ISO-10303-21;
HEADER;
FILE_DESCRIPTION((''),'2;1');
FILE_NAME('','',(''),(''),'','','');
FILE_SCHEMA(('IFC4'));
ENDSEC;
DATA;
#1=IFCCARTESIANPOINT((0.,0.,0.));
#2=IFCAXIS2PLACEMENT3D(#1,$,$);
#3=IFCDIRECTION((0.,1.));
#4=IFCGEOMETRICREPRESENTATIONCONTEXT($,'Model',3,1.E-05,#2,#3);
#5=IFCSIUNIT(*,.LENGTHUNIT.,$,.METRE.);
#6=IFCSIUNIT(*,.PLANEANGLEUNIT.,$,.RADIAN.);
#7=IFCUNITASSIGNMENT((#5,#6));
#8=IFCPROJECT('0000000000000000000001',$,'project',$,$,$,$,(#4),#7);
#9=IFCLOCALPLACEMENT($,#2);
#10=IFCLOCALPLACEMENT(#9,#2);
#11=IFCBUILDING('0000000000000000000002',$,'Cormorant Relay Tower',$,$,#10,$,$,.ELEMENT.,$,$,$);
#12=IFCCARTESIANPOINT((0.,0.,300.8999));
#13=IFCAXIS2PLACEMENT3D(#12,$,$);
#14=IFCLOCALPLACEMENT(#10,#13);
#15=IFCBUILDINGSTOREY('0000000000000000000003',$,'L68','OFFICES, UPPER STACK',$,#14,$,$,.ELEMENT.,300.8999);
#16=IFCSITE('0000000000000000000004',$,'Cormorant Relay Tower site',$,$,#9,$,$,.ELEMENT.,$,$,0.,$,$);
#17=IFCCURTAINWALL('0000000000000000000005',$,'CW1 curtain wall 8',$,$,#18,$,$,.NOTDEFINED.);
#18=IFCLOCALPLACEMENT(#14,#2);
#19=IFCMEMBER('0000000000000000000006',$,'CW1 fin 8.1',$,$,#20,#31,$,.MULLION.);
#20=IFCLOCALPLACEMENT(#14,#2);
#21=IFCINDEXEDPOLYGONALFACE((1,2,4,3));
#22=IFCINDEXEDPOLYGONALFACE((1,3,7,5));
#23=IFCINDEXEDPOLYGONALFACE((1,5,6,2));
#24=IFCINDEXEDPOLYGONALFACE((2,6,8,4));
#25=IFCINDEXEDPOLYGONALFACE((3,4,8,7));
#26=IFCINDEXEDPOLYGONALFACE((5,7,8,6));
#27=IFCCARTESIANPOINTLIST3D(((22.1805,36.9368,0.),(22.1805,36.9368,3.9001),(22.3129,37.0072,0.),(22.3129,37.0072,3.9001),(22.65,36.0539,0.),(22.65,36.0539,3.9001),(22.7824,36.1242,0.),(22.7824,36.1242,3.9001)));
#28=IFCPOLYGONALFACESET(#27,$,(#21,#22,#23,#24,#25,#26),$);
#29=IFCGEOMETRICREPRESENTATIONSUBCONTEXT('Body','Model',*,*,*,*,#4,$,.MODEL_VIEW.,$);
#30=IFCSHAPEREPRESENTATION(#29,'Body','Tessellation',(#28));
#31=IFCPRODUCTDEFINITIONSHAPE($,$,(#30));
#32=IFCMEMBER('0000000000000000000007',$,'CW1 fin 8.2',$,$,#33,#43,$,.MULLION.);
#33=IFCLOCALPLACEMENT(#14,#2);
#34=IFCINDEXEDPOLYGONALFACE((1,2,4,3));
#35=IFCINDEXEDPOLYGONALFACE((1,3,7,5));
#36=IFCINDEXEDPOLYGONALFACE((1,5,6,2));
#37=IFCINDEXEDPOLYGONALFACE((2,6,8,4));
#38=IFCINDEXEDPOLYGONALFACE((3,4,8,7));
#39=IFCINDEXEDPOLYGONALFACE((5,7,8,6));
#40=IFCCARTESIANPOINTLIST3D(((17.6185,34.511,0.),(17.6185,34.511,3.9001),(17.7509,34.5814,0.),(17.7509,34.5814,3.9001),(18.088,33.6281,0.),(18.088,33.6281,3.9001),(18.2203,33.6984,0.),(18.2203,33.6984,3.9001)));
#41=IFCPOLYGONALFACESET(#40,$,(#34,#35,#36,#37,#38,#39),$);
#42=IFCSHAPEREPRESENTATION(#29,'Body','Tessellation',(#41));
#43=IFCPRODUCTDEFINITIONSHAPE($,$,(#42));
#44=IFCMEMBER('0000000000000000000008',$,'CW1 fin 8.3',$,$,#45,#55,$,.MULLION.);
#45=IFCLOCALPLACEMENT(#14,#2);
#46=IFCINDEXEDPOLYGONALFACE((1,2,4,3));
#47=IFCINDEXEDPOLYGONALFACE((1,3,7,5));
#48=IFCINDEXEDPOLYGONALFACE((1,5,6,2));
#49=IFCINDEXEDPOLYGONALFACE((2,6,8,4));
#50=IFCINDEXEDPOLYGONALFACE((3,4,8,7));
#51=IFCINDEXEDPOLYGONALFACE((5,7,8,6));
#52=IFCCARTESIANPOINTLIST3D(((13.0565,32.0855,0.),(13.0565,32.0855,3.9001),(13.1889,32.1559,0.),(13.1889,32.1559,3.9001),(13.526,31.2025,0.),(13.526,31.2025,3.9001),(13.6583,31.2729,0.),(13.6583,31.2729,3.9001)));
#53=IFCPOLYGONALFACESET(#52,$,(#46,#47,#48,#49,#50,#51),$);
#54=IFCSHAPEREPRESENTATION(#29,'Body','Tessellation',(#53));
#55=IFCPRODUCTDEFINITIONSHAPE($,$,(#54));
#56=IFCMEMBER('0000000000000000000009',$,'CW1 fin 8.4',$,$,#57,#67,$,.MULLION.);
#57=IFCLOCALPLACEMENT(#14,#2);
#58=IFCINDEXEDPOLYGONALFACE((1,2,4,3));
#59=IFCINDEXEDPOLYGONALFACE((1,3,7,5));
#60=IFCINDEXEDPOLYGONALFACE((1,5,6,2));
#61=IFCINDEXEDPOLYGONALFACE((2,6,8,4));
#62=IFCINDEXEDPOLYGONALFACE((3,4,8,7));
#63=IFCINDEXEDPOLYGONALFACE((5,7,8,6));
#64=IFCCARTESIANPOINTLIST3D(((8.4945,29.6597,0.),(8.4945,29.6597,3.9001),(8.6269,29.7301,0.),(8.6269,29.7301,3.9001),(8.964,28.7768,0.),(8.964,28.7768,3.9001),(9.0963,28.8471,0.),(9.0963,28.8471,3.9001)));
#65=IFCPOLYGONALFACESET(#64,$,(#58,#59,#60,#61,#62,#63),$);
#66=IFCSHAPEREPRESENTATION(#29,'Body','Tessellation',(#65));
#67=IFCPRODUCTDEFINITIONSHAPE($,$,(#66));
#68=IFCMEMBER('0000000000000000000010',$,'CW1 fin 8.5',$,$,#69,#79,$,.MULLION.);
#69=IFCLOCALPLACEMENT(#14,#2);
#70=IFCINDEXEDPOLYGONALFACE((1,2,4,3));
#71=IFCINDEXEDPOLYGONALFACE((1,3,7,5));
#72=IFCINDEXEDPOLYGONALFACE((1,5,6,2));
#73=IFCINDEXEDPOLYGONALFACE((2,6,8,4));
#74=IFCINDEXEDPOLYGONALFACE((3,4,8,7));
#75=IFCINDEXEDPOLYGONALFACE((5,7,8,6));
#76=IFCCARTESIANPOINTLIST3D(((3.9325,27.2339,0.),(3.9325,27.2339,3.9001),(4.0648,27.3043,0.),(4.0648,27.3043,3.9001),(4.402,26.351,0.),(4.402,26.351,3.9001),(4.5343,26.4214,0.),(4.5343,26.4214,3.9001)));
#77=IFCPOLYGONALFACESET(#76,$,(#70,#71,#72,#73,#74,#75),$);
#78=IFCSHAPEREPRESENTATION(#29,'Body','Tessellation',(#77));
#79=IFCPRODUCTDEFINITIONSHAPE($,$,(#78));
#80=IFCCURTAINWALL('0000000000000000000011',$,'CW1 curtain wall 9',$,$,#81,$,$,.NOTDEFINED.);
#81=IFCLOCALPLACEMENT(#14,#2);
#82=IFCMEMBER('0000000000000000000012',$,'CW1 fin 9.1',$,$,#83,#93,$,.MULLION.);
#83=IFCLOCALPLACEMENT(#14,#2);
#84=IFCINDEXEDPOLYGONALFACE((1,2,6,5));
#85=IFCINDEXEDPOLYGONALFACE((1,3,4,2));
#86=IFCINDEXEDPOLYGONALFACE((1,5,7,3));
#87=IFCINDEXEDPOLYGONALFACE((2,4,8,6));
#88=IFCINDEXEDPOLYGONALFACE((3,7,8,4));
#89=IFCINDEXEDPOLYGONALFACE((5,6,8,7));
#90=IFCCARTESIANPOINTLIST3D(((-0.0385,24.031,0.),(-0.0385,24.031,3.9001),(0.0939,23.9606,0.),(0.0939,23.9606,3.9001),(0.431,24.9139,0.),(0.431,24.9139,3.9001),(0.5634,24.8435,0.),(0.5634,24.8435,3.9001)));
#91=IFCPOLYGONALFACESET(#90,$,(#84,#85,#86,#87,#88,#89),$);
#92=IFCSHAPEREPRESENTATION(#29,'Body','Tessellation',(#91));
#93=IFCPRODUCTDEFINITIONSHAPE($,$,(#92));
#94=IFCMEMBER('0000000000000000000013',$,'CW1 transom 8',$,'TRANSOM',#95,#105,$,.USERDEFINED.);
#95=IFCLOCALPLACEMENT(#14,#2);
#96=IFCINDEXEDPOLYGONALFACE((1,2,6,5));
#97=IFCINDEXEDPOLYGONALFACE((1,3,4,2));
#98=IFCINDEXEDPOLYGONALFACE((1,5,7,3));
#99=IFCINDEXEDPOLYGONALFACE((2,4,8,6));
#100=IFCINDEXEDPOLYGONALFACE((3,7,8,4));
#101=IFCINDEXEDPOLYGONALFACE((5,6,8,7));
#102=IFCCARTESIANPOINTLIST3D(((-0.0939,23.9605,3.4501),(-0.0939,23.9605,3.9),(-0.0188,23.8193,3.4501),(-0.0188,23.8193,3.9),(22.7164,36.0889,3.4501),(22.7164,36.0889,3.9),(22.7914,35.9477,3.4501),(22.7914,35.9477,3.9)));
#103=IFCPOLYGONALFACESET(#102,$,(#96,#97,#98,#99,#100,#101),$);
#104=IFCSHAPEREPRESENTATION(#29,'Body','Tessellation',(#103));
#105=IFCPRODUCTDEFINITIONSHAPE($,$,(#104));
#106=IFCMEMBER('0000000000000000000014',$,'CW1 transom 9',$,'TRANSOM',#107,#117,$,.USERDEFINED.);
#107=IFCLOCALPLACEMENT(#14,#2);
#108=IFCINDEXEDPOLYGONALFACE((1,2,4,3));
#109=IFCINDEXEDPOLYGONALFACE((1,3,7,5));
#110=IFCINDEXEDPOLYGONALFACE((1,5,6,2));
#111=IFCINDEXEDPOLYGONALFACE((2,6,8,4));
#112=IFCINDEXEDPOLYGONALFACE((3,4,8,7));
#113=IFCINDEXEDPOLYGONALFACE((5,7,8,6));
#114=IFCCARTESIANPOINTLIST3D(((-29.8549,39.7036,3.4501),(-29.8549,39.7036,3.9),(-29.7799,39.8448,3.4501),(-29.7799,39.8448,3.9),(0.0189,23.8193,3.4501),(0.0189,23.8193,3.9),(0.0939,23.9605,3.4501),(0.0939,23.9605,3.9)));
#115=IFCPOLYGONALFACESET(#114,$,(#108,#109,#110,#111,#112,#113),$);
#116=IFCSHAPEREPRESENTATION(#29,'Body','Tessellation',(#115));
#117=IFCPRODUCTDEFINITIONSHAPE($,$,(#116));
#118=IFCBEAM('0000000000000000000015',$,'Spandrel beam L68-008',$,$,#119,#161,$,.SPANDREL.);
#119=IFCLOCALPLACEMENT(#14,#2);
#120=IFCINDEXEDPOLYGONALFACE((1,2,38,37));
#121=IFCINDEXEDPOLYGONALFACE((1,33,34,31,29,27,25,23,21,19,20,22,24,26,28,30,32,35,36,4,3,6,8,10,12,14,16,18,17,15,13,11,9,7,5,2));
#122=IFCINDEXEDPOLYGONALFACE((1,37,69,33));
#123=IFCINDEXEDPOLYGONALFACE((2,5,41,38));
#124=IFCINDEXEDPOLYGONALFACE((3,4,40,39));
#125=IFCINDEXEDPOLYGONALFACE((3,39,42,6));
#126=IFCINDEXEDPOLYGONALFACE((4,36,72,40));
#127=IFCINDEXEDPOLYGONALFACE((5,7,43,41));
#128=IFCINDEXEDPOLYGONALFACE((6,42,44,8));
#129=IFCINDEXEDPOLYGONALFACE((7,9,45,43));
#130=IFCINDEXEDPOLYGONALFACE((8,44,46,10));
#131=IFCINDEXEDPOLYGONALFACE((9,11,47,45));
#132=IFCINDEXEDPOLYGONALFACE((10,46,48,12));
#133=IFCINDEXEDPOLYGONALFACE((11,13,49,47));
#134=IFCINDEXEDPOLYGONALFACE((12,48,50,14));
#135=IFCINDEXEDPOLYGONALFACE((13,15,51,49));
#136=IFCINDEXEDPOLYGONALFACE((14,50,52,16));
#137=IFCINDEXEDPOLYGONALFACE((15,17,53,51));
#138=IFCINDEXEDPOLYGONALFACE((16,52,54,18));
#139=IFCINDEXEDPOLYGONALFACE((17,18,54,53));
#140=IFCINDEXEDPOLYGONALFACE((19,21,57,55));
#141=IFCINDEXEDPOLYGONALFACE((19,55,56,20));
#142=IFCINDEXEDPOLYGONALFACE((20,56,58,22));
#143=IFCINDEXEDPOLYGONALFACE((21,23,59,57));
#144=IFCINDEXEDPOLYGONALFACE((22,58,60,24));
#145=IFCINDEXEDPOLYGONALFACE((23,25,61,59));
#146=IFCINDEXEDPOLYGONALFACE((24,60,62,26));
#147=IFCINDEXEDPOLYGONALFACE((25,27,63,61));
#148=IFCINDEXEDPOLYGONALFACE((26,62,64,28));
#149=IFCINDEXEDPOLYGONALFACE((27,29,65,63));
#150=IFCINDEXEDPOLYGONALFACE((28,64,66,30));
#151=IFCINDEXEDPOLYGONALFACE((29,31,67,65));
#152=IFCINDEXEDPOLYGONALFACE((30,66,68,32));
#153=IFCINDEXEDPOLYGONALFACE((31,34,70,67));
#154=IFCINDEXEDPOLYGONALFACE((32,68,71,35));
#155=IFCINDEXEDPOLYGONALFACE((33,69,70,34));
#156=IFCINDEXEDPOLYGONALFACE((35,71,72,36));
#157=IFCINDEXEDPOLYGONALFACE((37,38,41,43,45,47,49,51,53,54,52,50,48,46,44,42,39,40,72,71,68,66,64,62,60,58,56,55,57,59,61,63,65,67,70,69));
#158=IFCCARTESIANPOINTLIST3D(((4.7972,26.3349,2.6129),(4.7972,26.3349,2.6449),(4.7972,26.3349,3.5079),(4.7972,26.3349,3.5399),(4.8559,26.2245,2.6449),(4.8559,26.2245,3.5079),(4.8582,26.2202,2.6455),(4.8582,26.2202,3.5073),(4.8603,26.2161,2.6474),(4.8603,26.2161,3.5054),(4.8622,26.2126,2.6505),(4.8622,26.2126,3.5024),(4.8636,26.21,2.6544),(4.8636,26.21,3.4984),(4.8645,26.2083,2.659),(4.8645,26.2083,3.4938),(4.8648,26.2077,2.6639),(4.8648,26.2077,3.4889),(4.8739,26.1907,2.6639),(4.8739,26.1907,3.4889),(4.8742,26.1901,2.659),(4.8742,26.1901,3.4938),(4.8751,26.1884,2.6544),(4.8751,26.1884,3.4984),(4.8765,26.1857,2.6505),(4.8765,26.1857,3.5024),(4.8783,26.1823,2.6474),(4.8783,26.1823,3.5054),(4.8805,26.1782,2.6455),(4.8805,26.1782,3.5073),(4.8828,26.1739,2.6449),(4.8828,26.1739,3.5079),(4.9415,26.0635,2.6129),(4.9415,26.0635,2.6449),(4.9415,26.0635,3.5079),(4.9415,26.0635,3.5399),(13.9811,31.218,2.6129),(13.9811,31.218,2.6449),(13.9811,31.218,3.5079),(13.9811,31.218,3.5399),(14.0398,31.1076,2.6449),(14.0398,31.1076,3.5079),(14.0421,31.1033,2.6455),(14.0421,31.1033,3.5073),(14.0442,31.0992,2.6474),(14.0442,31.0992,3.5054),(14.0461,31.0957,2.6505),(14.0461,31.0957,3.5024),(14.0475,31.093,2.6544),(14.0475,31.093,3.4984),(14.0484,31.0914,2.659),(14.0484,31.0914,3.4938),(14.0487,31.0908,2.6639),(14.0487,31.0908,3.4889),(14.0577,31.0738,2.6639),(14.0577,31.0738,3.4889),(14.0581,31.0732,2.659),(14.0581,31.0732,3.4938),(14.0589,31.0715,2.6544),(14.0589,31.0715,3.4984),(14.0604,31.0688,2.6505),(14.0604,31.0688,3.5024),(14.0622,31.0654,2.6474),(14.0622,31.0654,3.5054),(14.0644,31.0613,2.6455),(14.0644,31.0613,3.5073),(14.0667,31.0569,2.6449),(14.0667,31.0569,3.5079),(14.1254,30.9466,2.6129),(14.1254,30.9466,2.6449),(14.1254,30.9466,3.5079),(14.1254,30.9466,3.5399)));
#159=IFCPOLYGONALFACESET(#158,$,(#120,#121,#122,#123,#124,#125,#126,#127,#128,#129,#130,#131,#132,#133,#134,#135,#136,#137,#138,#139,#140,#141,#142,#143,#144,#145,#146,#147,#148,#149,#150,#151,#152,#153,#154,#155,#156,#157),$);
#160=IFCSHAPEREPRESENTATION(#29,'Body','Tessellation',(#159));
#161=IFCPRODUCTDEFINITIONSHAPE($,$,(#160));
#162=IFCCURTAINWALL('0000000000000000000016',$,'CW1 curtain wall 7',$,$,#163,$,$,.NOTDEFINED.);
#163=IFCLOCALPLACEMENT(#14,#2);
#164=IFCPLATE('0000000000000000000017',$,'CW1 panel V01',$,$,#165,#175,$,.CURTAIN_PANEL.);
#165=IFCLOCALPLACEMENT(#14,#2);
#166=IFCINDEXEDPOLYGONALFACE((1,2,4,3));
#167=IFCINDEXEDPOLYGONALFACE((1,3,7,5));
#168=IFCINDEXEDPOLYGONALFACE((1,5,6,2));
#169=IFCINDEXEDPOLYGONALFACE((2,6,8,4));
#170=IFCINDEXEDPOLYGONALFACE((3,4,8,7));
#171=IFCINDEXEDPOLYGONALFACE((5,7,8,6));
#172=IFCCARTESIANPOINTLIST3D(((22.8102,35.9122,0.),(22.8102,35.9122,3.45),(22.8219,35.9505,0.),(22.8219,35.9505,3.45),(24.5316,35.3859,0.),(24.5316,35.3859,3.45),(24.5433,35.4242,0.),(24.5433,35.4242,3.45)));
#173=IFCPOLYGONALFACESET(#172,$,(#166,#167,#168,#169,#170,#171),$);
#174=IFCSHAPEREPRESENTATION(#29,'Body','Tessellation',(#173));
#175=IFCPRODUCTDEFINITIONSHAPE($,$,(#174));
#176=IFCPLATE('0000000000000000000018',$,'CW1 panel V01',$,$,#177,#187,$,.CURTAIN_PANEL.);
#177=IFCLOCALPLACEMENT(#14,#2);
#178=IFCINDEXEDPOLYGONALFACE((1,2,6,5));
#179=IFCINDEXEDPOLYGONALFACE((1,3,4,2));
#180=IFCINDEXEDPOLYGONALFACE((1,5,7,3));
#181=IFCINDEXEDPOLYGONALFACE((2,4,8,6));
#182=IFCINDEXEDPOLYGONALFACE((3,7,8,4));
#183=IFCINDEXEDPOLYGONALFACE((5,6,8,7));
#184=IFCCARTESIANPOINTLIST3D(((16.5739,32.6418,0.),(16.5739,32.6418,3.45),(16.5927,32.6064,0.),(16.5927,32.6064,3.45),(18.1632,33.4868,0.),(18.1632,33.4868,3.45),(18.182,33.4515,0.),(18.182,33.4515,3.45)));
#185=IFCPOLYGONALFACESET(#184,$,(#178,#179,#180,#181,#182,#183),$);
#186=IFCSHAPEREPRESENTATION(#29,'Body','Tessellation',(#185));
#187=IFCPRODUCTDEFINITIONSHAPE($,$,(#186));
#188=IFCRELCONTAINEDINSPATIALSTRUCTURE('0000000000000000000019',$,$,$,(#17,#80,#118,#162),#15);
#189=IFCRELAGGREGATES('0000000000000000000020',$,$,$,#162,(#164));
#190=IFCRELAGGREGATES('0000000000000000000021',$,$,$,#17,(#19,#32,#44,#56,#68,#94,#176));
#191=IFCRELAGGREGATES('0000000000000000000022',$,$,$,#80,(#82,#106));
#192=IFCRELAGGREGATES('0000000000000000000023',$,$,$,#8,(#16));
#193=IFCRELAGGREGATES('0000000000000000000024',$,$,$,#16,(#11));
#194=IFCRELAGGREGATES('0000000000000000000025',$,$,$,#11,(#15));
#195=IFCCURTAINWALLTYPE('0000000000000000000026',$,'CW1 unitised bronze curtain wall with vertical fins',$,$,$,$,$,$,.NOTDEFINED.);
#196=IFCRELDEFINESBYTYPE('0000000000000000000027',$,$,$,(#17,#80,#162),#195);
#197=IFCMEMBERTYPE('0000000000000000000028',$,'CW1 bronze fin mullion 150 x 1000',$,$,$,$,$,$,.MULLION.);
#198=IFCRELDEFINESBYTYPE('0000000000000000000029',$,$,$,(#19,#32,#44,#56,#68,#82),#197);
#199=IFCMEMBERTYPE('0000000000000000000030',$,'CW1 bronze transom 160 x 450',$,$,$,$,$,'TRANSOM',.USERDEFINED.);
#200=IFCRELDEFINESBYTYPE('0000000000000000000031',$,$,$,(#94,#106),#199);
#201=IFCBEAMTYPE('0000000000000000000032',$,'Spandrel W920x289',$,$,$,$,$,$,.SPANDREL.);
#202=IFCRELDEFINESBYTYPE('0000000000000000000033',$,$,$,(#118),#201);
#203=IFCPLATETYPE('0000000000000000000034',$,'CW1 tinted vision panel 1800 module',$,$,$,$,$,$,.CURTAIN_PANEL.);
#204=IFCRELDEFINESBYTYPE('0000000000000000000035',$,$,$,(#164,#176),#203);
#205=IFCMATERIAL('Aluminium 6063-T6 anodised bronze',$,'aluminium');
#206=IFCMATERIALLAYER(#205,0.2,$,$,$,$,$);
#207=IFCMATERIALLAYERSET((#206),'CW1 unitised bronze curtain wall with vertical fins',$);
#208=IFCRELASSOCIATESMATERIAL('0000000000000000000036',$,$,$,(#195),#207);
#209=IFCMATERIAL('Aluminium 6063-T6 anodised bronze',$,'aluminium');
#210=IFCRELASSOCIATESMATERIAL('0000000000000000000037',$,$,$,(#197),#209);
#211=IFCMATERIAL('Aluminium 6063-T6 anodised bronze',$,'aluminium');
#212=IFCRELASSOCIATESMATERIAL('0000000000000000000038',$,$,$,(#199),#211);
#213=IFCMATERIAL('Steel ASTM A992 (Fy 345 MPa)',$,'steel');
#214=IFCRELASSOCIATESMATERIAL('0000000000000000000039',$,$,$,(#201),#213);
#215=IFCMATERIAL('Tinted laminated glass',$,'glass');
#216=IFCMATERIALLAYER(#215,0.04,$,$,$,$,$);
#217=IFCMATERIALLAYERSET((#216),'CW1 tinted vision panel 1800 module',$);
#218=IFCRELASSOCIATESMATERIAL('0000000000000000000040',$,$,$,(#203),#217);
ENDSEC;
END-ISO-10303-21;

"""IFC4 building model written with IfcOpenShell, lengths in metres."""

from ifc_helpers import new_model, si_unit, direction, frame, origin, origin_2d, place, context, subcontext, project, spatial, rectangle, i_section, extrude, material, layer, layer_set, material_profile, profile_set, type_object, element, aggregate, save


model = new_model("IFC4")

# Units and contexts
model_context = context("Model", 3, precision=1e-05, world=origin(), true_north=direction((0.0, 1.0)))
body_context = subcontext(model_context, "Body", "Model", "MODEL_VIEW")
ifc_project = project(units=[si_unit("LENGTHUNIT", "METRE"), si_unit("PLANEANGLEUNIT", "RADIAN")], contexts=[model_context])

# Site, building, storey
site_placement = place(None, origin())
site = spatial("IfcSite", under=ifc_project, at=site_placement, Name="Cormorant Relay Tower site", CompositionType="ELEMENT", RefElevation=0.0)
building_placement = place(site_placement, origin())
building = spatial("IfcBuilding", under=site, at=building_placement, Name="Cormorant Relay Tower", CompositionType="ELEMENT")
storey_placement = place(building_placement, frame((0.0, 0.0, 300.8999)))
storey = spatial("IfcBuildingStorey", under=building, at=storey_placement, Name="L68", Description="OFFICES, UPPER STACK", CompositionType="ELEMENT", Elevation=300.8999)

# Curtain wall, members
ifc_material_1 = material(Name="Aluminium 6063-T6 anodised bronze", Category="aluminium")
ifc_layer_1 = layer(ifc_material_1, 0.2)
ifc_layer_set_1 = layer_set([ifc_layer_1], Name="CW1 unitised bronze curtain wall with vertical fins")
curtain_wall_type = type_object("IfcCurtainWallType", Name="CW1 unitised bronze curtain wall with vertical fins", PredefinedType="NOTDEFINED", material=ifc_layer_set_1)
curtain_wall_1_placement = place(storey_placement, origin())
curtain_wall_1 = element("IfcCurtainWall", 1, at=curtain_wall_1_placement, inside=storey, type_object=curtain_wall_type, Name="CW1 curtain wall 8", PredefinedType="NOTDEFINED")
ifc_material_2 = material(Name="Aluminium 6063-T6 anodised bronze", Category="aluminium")
ifc_material_profile_1 = material_profile(ifc_material_2, rectangle(XDim=0.1499, YDim=1.0, at=origin_2d()), Name="AL 150x1000")
ifc_profile_set_1 = profile_set([ifc_material_profile_1], Name="Aluminium 6063-T6 anodised bronze")
member_type_1 = type_object("IfcMemberType", Name="CW1 bronze fin mullion 150 x 1000", PredefinedType="MULLION", material=ifc_profile_set_1)
member_1_placement = place(storey_placement, frame((22.4814, 36.5305, 0.0), z_axis=(0.0, 0.0, 1.0), x_axis=(-0.882948, -0.469472, 0.0)))
member_1 = element("IfcMember", 2, at=member_1_placement, type_object=member_type_1, Name="CW1 fin 8.1", PredefinedType="MULLION", context=body_context, shape_type="SweptSolid", body=[
    extrude(rectangle(XDim=0.1499, YDim=1.0, at=origin_2d()), origin(), (0.0, 0.0, 1.0), 3.9001),
])
member_2_placement = place(storey_placement, frame((17.9194, 34.1047, 0.0), z_axis=(0.0, 0.0, 1.0), x_axis=(-0.882948, -0.469472, 0.0)))
member_2 = element("IfcMember", 3, at=member_2_placement, type_object=member_type_1, Name="CW1 fin 8.2", PredefinedType="MULLION", context=body_context, shape_type="SweptSolid", body=[
    extrude(rectangle(XDim=0.1499, YDim=1.0, at=origin_2d()), origin(), (0.0, 0.0, 1.0), 3.9001),
])
member_3_placement = place(storey_placement, frame((13.3574, 31.6792, 0.0), z_axis=(0.0, 0.0, 1.0), x_axis=(-0.882948, -0.469472, 0.0)))
member_3 = element("IfcMember", 4, at=member_3_placement, type_object=member_type_1, Name="CW1 fin 8.3", PredefinedType="MULLION", context=body_context, shape_type="SweptSolid", body=[
    extrude(rectangle(XDim=0.1499, YDim=1.0, at=origin_2d()), origin(), (0.0, 0.0, 1.0), 3.9001),
])
member_4_placement = place(storey_placement, frame((8.7954, 29.2534, 0.0), z_axis=(0.0, 0.0, 1.0), x_axis=(-0.882948, -0.469472, 0.0)))
member_4 = element("IfcMember", 5, at=member_4_placement, type_object=member_type_1, Name="CW1 fin 8.4", PredefinedType="MULLION", context=body_context, shape_type="SweptSolid", body=[
    extrude(rectangle(XDim=0.1499, YDim=1.0, at=origin_2d()), origin(), (0.0, 0.0, 1.0), 3.9001),
])
member_5_placement = place(storey_placement, frame((4.2334, 26.8276, 0.0), z_axis=(0.0, 0.0, 1.0), x_axis=(-0.882948, -0.469472, 0.0)))
member_5 = element("IfcMember", 6, at=member_5_placement, type_object=member_type_1, Name="CW1 fin 8.5", PredefinedType="MULLION", context=body_context, shape_type="SweptSolid", body=[
    extrude(rectangle(XDim=0.1499, YDim=1.0, at=origin_2d()), origin(), (0.0, 0.0, 1.0), 3.9001),
])

# Curtain wall, member
curtain_wall_2_placement = place(storey_placement, origin())
curtain_wall_2 = element("IfcCurtainWall", 7, at=curtain_wall_2_placement, inside=storey, type_object=curtain_wall_type, Name="CW1 curtain wall 9", PredefinedType="NOTDEFINED")
member_6_placement = place(storey_placement, frame((0.2625, 24.4373, 0.0), z_axis=(0.0, 0.0, 1.0), x_axis=(-0.882948, 0.469472, 0.0)))
member_6 = element("IfcMember", 8, at=member_6_placement, type_object=member_type_1, Name="CW1 fin 9.1", PredefinedType="MULLION", context=body_context, shape_type="SweptSolid", body=[
    extrude(rectangle(XDim=0.1499, YDim=1.0, at=origin_2d()), origin(), (0.0, 0.0, 1.0), 3.9001),
])

# Members
ifc_material_3 = material(Name="Aluminium 6063-T6 anodised bronze", Category="aluminium")
ifc_material_profile_2 = material_profile(ifc_material_3, rectangle(XDim=0.1599, YDim=0.45, at=origin_2d()), Name="AL 160x450")
ifc_profile_set_2 = profile_set([ifc_material_profile_2], Name="Aluminium 6063-T6 anodised bronze")
member_type_2 = type_object("IfcMemberType", Name="CW1 bronze transom 160 x 450", ElementType="TRANSOM", PredefinedType="USERDEFINED", material=ifc_profile_set_2)
member_7_placement = place(storey_placement, frame((22.7539, 36.0183, 3.675), z_axis=(-0.882948, -0.469471, 0.0), x_axis=(0.469471, -0.882948, 0.0)))
member_7 = element("IfcMember", 9, at=member_7_placement, type_object=member_type_2, Name="CW1 transom 8", ObjectType="TRANSOM", PredefinedType="USERDEFINED", context=body_context, shape_type="SweptSolid", body=[
    extrude(rectangle(XDim=0.1599, YDim=0.45, at=origin_2d()), origin(), (0.0, 0.0, 1.0), 25.8342),
])
member_8_placement = place(storey_placement, frame((0.0564, 23.8899, 3.675), z_axis=(-0.882946, 0.469474, 0.0), x_axis=(-0.469474, -0.882946, 0.0)))
member_8 = element("IfcMember", 10, at=member_8_placement, type_object=member_type_2, Name="CW1 transom 9", ObjectType="TRANSOM", PredefinedType="USERDEFINED", context=body_context, shape_type="SweptSolid", body=[
    extrude(rectangle(XDim=0.1599, YDim=0.45, at=origin_2d()), origin(), (0.0, 0.0, 1.0), 33.8342),
])

# Beam
ifc_material_4 = material(Name="Steel ASTM A992 (Fy 345 MPa)", Category="steel")
ifc_material_profile_3 = material_profile(ifc_material_4, i_section(OverallWidth=0.3074, OverallDepth=0.927, WebThickness=0.0193, FlangeThickness=0.032, FilletRadius=0.019, at=origin_2d()), Name="W920x289")
ifc_profile_set_3 = profile_set([ifc_material_profile_3], Name="Steel ASTM A992 (Fy 345 MPa)")
beam_type = type_object("IfcBeamType", Name="Spandrel W920x289", PredefinedType="SPANDREL", material=ifc_profile_set_3)
beam_placement = place(storey_placement, frame((14.0532, 31.0823, 3.0764), z_axis=(-0.882951, -0.469466, 0.0), x_axis=(0.469466, -0.882951, 0.0)))
element("IfcBeam", 11, at=beam_placement, inside=storey, type_object=beam_type, Name="Spandrel beam L68-008", PredefinedType="SPANDREL", context=body_context, shape_type="SweptSolid", body=[
    extrude(i_section(OverallWidth=0.3074, OverallDepth=0.927, WebThickness=0.0193, FlangeThickness=0.032, FilletRadius=0.019, at=origin_2d()), origin(), (0.0, 0.0, 1.0), 10.4014),
])

# Curtain wall, plate
curtain_wall_3_placement = place(storey_placement, origin())
curtain_wall_3 = element("IfcCurtainWall", 12, at=curtain_wall_3_placement, inside=storey, type_object=curtain_wall_type, Name="CW1 curtain wall 7", PredefinedType="NOTDEFINED")
ifc_material_5 = material(Name="Tinted laminated glass", Category="glass")
ifc_layer_2 = layer(ifc_material_5, 0.04)
ifc_layer_set_2 = layer_set([ifc_layer_2], Name="CW1 tinted vision panel 1800 module")
plate_type_1 = type_object("IfcPlateType", Name="CW1 tinted vision panel 1800 module", PredefinedType="CURTAIN_PANEL", material=ifc_layer_set_2)
plate_1_placement = place(storey_placement, frame((23.6768, 35.6682, 0.0), z_axis=(0.0, 0.0, 1.0), x_axis=(-0.956305, 0.292372, 0.0)))
plate_1 = element("IfcPlate", 13, at=plate_1_placement, type_object=plate_type_1, Name="CW1 panel V01", PredefinedType="CURTAIN_PANEL", context=body_context, shape_type="SweptSolid", body=[
    extrude(rectangle(XDim=1.8, YDim=0.04, at=origin_2d()), origin(), (0.0, 0.0, 1.0), 3.45),
])
aggregate(curtain_wall_3, [plate_1])

# Plate
plate_2_placement = place(storey_placement, frame((17.3779, 33.0466, 0.0), z_axis=(0.0, 0.0, 1.0), x_axis=(-0.882948, -0.469472, 0.0)))
plate_2 = element("IfcPlate", 14, at=plate_2_placement, type_object=plate_type_1, Name="CW1 panel V01", PredefinedType="CURTAIN_PANEL", context=body_context, shape_type="SweptSolid", body=[
    extrude(rectangle(XDim=1.8, YDim=0.04, at=origin_2d()), origin(), (0.0, 0.0, 1.0), 3.45),
])

aggregate(curtain_wall_1, [member_1, member_2, member_3, member_4, member_5, member_7, plate_2])
aggregate(curtain_wall_2, [member_6, member_8])

save(model, "model.ifc")
